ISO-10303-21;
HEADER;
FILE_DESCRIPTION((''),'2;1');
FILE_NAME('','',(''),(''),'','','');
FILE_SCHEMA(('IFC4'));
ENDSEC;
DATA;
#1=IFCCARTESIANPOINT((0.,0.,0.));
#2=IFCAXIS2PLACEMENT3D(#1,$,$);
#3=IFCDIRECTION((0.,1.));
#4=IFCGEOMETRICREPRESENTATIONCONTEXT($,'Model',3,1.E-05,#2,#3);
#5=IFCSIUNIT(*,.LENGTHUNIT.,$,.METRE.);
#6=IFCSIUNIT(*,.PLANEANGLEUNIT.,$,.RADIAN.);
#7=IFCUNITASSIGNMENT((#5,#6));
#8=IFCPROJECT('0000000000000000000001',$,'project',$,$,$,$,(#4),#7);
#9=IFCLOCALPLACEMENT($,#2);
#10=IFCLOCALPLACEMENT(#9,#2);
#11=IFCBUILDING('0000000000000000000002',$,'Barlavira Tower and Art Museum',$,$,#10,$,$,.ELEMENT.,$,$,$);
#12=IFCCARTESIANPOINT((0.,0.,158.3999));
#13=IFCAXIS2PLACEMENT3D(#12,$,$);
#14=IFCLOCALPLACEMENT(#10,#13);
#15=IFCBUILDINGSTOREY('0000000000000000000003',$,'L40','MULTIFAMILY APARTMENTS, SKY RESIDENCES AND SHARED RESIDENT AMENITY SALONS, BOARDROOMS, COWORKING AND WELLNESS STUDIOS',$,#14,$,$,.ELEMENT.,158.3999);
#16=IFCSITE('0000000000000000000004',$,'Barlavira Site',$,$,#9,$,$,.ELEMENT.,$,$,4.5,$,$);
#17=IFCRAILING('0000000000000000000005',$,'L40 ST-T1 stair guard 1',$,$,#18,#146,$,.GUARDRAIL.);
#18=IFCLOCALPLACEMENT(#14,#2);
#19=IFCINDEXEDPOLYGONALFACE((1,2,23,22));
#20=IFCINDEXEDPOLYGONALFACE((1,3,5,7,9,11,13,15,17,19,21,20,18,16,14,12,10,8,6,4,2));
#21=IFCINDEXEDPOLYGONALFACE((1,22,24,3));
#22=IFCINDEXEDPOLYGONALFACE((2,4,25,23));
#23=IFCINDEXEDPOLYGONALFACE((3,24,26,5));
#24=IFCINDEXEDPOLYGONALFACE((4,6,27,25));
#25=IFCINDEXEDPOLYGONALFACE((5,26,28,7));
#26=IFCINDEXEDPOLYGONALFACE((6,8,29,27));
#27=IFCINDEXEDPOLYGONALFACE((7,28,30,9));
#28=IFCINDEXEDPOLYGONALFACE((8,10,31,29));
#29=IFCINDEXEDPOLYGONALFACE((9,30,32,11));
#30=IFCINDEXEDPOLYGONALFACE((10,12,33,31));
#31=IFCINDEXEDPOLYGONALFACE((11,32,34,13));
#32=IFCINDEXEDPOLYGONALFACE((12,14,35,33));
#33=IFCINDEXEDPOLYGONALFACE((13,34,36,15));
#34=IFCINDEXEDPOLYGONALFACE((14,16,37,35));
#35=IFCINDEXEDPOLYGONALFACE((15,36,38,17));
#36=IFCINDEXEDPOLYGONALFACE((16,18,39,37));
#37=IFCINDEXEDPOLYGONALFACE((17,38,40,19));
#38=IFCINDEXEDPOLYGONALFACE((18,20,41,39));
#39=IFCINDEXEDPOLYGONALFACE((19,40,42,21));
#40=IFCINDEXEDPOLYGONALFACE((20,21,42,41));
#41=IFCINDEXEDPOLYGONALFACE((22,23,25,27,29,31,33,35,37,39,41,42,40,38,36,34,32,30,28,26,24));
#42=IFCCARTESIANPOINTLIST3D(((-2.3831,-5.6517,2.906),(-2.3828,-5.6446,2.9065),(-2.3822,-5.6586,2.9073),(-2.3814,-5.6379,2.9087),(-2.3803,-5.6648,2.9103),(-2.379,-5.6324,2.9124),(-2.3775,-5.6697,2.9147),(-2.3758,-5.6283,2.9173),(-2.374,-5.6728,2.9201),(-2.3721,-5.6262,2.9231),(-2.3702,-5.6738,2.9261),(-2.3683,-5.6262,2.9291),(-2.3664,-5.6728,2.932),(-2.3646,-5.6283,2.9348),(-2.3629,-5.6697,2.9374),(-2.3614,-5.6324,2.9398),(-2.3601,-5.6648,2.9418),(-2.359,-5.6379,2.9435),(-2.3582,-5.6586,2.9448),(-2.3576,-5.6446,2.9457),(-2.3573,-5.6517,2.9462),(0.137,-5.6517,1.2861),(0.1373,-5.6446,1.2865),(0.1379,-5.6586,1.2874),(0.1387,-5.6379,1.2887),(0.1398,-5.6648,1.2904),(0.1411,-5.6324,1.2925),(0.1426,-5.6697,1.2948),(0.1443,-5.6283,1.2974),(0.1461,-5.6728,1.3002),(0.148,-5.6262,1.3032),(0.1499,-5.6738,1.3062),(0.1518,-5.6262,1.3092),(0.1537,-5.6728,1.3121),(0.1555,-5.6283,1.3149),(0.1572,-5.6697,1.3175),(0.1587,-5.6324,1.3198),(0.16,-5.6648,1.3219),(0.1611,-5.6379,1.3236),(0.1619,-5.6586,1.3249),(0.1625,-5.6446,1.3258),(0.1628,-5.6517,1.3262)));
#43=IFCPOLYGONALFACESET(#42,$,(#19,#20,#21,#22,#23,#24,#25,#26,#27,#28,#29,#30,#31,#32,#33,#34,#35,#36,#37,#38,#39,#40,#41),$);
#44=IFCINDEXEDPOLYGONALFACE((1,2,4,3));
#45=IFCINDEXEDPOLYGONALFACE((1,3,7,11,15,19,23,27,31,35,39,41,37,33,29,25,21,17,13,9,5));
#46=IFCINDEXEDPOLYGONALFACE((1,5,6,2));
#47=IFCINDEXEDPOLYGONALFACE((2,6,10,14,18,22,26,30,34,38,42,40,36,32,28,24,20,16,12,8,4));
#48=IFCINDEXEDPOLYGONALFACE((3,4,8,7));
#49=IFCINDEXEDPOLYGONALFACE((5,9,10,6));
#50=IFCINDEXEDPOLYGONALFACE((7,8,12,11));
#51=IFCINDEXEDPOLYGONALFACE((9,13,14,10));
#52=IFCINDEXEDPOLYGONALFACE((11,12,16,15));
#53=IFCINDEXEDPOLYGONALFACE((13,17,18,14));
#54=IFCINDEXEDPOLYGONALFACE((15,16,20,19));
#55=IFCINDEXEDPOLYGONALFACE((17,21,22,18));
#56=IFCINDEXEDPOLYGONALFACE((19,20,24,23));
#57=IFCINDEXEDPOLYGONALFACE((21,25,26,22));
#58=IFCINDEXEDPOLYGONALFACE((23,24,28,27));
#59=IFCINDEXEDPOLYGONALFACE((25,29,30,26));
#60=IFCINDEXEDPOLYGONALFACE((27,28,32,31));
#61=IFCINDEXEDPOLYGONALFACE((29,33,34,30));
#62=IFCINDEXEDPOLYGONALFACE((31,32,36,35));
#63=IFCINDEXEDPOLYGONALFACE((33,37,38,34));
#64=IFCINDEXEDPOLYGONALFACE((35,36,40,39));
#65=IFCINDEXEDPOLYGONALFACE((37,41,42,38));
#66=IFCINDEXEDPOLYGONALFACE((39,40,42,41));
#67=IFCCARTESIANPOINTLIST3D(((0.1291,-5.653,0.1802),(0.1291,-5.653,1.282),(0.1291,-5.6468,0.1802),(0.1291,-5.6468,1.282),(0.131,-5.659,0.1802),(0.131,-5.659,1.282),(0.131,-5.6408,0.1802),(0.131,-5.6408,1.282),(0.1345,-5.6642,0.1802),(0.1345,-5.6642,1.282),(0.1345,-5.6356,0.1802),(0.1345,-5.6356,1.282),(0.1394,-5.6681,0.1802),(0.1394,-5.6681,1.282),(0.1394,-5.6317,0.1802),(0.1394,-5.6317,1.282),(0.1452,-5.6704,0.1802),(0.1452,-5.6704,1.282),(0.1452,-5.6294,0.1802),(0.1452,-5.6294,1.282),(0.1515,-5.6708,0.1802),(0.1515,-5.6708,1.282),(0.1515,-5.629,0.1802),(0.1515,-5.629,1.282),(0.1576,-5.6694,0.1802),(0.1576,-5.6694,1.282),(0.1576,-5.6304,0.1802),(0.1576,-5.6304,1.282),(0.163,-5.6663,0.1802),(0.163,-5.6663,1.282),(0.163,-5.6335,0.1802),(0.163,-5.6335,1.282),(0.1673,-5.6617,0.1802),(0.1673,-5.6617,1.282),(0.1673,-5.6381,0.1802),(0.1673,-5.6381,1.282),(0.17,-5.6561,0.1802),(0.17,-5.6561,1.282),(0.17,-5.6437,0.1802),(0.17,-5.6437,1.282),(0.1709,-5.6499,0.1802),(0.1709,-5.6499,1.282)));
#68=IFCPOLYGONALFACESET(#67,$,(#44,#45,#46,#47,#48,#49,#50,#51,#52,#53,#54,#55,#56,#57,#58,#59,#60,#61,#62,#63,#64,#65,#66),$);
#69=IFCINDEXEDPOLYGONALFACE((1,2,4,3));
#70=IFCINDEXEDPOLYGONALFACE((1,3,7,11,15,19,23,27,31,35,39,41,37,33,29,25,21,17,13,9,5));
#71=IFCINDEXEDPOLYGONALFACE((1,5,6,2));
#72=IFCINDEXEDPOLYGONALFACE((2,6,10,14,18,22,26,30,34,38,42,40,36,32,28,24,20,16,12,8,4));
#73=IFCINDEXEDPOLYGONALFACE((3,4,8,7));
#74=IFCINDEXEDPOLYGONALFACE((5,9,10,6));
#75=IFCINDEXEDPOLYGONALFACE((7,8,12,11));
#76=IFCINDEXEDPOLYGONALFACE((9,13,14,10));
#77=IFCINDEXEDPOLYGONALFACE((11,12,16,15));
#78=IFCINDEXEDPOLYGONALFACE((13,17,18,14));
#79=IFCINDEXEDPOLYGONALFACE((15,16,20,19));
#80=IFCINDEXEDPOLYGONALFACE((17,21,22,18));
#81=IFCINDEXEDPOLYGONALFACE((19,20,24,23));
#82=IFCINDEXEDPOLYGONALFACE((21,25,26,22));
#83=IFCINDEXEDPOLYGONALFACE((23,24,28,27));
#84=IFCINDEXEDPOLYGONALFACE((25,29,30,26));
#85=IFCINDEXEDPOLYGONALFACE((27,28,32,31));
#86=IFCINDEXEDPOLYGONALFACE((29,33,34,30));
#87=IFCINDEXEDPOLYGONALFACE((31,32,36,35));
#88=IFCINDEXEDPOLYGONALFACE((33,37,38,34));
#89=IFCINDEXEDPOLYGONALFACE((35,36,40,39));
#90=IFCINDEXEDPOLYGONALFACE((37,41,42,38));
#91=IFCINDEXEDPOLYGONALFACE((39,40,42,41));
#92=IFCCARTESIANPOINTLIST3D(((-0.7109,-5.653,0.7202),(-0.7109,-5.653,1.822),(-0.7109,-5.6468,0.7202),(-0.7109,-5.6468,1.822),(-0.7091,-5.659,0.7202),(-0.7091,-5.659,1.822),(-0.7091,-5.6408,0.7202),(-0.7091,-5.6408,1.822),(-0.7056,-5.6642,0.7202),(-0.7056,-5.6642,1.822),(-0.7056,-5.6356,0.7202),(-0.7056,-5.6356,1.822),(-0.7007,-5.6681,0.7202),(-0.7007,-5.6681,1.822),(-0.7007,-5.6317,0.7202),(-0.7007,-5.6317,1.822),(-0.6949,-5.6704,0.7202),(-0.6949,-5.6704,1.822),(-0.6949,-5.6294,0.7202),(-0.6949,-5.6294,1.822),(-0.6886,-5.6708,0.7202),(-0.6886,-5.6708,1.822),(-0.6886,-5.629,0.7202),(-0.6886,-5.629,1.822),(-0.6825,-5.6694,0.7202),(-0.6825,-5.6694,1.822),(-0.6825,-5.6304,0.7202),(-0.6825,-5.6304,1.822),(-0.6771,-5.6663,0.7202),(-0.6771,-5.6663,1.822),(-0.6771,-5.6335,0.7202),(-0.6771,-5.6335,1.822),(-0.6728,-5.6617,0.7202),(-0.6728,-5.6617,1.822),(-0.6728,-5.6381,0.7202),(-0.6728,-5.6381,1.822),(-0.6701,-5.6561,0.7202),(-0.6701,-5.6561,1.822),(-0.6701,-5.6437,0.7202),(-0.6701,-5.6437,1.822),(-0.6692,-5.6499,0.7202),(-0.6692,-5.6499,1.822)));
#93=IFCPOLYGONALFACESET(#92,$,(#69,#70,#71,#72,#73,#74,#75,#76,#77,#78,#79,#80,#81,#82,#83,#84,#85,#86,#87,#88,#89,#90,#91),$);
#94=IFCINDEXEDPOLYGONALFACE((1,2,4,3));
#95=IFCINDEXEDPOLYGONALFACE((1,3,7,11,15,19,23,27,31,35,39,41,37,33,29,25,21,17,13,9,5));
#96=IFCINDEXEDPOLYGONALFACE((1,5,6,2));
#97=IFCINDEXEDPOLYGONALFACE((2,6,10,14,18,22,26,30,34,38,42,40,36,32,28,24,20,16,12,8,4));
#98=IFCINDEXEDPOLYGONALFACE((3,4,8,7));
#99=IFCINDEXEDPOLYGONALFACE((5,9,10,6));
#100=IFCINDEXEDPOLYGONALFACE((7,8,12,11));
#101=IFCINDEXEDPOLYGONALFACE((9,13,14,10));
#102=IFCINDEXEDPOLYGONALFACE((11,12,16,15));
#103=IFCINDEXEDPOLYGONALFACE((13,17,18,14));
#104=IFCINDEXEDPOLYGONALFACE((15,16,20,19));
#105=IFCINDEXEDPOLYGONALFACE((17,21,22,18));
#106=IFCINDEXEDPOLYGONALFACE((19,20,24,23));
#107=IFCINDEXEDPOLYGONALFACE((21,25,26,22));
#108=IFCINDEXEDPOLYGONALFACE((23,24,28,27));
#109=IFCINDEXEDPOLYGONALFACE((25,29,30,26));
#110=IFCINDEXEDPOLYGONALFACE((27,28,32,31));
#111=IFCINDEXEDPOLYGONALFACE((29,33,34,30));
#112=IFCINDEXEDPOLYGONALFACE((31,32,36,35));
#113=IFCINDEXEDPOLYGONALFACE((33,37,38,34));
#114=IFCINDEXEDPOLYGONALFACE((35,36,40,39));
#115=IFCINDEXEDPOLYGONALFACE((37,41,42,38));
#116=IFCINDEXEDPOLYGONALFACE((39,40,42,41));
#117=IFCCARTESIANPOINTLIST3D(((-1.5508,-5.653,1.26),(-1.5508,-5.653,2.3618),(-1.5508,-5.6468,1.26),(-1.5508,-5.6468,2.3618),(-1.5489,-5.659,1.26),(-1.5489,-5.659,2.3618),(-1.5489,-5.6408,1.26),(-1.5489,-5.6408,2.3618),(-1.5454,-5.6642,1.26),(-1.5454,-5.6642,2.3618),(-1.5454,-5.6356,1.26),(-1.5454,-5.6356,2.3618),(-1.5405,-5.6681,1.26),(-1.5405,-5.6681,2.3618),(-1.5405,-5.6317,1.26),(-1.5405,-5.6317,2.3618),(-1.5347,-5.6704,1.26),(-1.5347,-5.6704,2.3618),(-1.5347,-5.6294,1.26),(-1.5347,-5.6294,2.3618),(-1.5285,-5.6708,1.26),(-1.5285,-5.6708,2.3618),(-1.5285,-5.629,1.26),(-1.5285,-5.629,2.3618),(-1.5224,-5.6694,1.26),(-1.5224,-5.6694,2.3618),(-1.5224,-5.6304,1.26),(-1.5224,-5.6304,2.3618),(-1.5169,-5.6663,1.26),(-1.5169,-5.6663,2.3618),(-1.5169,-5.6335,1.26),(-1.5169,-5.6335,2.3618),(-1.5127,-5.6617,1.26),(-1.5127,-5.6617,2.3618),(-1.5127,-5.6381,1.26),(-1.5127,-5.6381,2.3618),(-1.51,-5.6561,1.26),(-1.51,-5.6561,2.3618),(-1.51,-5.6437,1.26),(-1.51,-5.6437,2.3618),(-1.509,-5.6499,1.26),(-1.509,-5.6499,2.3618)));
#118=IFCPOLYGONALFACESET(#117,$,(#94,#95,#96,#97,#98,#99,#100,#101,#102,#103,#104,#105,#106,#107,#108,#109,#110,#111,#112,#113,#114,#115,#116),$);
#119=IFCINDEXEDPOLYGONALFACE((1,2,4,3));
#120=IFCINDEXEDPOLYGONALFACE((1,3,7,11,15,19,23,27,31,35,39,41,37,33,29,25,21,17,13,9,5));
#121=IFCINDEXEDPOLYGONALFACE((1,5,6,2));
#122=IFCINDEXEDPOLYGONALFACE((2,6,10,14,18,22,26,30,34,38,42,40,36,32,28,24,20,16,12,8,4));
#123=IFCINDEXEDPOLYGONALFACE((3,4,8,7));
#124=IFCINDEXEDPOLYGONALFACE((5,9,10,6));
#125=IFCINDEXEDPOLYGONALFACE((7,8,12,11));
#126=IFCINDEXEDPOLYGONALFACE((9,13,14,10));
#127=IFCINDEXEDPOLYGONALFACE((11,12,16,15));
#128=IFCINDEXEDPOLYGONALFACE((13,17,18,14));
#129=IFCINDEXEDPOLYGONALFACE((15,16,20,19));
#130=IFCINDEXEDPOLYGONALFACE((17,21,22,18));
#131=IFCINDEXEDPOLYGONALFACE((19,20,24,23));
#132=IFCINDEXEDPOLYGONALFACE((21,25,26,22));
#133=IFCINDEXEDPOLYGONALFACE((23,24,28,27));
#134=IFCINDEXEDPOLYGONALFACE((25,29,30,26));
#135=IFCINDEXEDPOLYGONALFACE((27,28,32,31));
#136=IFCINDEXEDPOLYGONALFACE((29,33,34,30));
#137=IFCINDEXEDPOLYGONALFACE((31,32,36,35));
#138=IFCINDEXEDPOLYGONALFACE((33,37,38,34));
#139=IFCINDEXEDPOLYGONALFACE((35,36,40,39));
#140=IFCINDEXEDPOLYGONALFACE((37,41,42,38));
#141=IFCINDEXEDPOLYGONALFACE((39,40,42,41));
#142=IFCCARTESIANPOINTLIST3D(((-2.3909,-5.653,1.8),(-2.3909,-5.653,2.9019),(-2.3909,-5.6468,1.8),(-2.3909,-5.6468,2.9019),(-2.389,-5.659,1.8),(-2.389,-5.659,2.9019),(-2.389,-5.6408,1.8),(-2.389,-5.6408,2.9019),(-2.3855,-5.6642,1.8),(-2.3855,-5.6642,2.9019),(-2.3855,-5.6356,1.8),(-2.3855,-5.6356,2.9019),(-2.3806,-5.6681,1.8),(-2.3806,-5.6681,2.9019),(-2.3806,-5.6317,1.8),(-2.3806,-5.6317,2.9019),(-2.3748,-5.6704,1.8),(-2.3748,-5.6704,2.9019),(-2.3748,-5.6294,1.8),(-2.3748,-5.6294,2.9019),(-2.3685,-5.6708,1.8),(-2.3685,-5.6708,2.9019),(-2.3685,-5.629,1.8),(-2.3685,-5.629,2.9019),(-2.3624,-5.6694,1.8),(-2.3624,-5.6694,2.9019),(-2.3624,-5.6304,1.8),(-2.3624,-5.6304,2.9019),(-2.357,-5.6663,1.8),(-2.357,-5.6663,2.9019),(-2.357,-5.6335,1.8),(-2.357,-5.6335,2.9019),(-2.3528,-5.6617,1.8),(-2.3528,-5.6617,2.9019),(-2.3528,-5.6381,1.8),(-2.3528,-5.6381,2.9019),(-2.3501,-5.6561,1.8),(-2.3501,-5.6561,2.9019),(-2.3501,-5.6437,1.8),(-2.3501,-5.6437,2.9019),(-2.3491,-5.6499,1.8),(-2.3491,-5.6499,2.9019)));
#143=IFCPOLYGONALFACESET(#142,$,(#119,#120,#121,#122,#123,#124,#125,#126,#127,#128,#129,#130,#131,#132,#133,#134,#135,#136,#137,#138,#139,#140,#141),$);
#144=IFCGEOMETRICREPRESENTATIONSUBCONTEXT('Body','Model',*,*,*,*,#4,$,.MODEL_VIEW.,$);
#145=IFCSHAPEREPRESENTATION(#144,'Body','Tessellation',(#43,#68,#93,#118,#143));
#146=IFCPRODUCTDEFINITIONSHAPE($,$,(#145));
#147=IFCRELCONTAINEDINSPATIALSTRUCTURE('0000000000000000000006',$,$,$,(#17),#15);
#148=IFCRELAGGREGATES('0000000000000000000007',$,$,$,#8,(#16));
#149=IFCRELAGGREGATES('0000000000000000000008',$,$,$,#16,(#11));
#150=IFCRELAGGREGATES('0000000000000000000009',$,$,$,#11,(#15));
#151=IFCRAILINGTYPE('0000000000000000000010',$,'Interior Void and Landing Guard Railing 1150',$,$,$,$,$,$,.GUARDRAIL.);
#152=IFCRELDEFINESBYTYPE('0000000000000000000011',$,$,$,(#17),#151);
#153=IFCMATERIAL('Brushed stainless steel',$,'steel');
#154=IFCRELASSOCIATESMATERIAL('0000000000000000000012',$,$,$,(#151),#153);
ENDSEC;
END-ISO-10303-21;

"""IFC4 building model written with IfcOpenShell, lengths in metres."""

from ifc_helpers import new_model, si_unit, direction, frame, origin, origin_2d, place, context, subcontext, project, spatial, circle, extrude, material, type_object, element, save


model = new_model("IFC4")

# Units and contexts
model_context = context("Model", 3, precision=1e-05, world=origin(), true_north=direction((0.0, 1.0)))
body_context = subcontext(model_context, "Body", "Model", "MODEL_VIEW")
ifc_project = project(units=[si_unit("LENGTHUNIT", "METRE"), si_unit("PLANEANGLEUNIT", "RADIAN")], contexts=[model_context])

# Site, building, storey
site_placement = place(None, origin())
site = spatial("IfcSite", under=ifc_project, at=site_placement, Name="Barlavira Site", CompositionType="ELEMENT", RefElevation=4.5)
building_placement = place(site_placement, origin())
building = spatial("IfcBuilding", under=site, at=building_placement, Name="Barlavira Tower and Art Museum", CompositionType="ELEMENT")
storey_placement = place(building_placement, frame((0.0, 0.0, 158.3999)))
storey = spatial("IfcBuildingStorey", under=building, at=storey_placement, Name="L40", Description="MULTIFAMILY APARTMENTS, SKY RESIDENCES AND SHARED RESIDENT AMENITY SALONS, BOARDROOMS, COWORKING AND WELLNESS STUDIOS", CompositionType="ELEMENT", Elevation=158.3999)

# Shared definitions
ifc_material_1 = material(Name="Brushed stainless steel", Category="steel")

# Railing
railing_type_1 = type_object("IfcRailingType", Name="Interior Void and Landing Guard Railing 1150", PredefinedType="GUARDRAIL", material=ifc_material_1)
railing_1_placement = place(storey_placement, frame((0.1499, -5.6499, 0.1802)))
element("IfcRailing", 1, at=railing_1_placement, inside=storey, type_object=railing_type_1, Name="L40 ST-T1 stair guard 1", PredefinedType="GUARDRAIL", context=body_context, shape_type="SweptSolid", body=[
    extrude(circle(Radius=0.0239, at=origin_2d()), frame((0.0, 0.0, 1.126), z_axis=(-0.8412, 0.0, 0.540725), x_axis=(0.0, -1.0, 0.0)), (0.0, 0.0, 1.0), 2.9958),
    extrude(circle(Radius=0.021, at=origin_2d()), origin(), (0.0, 0.0, 1.0), 1.1018),
    extrude(circle(Radius=0.021, at=origin_2d()), frame((-0.8401, 0.0, 0.54)), (0.0, 0.0, 1.0), 1.1018),
    extrude(circle(Radius=0.021, at=origin_2d()), frame((-1.6799, 0.0, 1.0798)), (0.0, 0.0, 1.0), 1.1018),
    extrude(circle(Radius=0.021, at=origin_2d()), frame((-2.52, 0.0, 1.6199)), (0.0, 0.0, 1.0), 1.1018),
])

save(model, "model.ifc")
